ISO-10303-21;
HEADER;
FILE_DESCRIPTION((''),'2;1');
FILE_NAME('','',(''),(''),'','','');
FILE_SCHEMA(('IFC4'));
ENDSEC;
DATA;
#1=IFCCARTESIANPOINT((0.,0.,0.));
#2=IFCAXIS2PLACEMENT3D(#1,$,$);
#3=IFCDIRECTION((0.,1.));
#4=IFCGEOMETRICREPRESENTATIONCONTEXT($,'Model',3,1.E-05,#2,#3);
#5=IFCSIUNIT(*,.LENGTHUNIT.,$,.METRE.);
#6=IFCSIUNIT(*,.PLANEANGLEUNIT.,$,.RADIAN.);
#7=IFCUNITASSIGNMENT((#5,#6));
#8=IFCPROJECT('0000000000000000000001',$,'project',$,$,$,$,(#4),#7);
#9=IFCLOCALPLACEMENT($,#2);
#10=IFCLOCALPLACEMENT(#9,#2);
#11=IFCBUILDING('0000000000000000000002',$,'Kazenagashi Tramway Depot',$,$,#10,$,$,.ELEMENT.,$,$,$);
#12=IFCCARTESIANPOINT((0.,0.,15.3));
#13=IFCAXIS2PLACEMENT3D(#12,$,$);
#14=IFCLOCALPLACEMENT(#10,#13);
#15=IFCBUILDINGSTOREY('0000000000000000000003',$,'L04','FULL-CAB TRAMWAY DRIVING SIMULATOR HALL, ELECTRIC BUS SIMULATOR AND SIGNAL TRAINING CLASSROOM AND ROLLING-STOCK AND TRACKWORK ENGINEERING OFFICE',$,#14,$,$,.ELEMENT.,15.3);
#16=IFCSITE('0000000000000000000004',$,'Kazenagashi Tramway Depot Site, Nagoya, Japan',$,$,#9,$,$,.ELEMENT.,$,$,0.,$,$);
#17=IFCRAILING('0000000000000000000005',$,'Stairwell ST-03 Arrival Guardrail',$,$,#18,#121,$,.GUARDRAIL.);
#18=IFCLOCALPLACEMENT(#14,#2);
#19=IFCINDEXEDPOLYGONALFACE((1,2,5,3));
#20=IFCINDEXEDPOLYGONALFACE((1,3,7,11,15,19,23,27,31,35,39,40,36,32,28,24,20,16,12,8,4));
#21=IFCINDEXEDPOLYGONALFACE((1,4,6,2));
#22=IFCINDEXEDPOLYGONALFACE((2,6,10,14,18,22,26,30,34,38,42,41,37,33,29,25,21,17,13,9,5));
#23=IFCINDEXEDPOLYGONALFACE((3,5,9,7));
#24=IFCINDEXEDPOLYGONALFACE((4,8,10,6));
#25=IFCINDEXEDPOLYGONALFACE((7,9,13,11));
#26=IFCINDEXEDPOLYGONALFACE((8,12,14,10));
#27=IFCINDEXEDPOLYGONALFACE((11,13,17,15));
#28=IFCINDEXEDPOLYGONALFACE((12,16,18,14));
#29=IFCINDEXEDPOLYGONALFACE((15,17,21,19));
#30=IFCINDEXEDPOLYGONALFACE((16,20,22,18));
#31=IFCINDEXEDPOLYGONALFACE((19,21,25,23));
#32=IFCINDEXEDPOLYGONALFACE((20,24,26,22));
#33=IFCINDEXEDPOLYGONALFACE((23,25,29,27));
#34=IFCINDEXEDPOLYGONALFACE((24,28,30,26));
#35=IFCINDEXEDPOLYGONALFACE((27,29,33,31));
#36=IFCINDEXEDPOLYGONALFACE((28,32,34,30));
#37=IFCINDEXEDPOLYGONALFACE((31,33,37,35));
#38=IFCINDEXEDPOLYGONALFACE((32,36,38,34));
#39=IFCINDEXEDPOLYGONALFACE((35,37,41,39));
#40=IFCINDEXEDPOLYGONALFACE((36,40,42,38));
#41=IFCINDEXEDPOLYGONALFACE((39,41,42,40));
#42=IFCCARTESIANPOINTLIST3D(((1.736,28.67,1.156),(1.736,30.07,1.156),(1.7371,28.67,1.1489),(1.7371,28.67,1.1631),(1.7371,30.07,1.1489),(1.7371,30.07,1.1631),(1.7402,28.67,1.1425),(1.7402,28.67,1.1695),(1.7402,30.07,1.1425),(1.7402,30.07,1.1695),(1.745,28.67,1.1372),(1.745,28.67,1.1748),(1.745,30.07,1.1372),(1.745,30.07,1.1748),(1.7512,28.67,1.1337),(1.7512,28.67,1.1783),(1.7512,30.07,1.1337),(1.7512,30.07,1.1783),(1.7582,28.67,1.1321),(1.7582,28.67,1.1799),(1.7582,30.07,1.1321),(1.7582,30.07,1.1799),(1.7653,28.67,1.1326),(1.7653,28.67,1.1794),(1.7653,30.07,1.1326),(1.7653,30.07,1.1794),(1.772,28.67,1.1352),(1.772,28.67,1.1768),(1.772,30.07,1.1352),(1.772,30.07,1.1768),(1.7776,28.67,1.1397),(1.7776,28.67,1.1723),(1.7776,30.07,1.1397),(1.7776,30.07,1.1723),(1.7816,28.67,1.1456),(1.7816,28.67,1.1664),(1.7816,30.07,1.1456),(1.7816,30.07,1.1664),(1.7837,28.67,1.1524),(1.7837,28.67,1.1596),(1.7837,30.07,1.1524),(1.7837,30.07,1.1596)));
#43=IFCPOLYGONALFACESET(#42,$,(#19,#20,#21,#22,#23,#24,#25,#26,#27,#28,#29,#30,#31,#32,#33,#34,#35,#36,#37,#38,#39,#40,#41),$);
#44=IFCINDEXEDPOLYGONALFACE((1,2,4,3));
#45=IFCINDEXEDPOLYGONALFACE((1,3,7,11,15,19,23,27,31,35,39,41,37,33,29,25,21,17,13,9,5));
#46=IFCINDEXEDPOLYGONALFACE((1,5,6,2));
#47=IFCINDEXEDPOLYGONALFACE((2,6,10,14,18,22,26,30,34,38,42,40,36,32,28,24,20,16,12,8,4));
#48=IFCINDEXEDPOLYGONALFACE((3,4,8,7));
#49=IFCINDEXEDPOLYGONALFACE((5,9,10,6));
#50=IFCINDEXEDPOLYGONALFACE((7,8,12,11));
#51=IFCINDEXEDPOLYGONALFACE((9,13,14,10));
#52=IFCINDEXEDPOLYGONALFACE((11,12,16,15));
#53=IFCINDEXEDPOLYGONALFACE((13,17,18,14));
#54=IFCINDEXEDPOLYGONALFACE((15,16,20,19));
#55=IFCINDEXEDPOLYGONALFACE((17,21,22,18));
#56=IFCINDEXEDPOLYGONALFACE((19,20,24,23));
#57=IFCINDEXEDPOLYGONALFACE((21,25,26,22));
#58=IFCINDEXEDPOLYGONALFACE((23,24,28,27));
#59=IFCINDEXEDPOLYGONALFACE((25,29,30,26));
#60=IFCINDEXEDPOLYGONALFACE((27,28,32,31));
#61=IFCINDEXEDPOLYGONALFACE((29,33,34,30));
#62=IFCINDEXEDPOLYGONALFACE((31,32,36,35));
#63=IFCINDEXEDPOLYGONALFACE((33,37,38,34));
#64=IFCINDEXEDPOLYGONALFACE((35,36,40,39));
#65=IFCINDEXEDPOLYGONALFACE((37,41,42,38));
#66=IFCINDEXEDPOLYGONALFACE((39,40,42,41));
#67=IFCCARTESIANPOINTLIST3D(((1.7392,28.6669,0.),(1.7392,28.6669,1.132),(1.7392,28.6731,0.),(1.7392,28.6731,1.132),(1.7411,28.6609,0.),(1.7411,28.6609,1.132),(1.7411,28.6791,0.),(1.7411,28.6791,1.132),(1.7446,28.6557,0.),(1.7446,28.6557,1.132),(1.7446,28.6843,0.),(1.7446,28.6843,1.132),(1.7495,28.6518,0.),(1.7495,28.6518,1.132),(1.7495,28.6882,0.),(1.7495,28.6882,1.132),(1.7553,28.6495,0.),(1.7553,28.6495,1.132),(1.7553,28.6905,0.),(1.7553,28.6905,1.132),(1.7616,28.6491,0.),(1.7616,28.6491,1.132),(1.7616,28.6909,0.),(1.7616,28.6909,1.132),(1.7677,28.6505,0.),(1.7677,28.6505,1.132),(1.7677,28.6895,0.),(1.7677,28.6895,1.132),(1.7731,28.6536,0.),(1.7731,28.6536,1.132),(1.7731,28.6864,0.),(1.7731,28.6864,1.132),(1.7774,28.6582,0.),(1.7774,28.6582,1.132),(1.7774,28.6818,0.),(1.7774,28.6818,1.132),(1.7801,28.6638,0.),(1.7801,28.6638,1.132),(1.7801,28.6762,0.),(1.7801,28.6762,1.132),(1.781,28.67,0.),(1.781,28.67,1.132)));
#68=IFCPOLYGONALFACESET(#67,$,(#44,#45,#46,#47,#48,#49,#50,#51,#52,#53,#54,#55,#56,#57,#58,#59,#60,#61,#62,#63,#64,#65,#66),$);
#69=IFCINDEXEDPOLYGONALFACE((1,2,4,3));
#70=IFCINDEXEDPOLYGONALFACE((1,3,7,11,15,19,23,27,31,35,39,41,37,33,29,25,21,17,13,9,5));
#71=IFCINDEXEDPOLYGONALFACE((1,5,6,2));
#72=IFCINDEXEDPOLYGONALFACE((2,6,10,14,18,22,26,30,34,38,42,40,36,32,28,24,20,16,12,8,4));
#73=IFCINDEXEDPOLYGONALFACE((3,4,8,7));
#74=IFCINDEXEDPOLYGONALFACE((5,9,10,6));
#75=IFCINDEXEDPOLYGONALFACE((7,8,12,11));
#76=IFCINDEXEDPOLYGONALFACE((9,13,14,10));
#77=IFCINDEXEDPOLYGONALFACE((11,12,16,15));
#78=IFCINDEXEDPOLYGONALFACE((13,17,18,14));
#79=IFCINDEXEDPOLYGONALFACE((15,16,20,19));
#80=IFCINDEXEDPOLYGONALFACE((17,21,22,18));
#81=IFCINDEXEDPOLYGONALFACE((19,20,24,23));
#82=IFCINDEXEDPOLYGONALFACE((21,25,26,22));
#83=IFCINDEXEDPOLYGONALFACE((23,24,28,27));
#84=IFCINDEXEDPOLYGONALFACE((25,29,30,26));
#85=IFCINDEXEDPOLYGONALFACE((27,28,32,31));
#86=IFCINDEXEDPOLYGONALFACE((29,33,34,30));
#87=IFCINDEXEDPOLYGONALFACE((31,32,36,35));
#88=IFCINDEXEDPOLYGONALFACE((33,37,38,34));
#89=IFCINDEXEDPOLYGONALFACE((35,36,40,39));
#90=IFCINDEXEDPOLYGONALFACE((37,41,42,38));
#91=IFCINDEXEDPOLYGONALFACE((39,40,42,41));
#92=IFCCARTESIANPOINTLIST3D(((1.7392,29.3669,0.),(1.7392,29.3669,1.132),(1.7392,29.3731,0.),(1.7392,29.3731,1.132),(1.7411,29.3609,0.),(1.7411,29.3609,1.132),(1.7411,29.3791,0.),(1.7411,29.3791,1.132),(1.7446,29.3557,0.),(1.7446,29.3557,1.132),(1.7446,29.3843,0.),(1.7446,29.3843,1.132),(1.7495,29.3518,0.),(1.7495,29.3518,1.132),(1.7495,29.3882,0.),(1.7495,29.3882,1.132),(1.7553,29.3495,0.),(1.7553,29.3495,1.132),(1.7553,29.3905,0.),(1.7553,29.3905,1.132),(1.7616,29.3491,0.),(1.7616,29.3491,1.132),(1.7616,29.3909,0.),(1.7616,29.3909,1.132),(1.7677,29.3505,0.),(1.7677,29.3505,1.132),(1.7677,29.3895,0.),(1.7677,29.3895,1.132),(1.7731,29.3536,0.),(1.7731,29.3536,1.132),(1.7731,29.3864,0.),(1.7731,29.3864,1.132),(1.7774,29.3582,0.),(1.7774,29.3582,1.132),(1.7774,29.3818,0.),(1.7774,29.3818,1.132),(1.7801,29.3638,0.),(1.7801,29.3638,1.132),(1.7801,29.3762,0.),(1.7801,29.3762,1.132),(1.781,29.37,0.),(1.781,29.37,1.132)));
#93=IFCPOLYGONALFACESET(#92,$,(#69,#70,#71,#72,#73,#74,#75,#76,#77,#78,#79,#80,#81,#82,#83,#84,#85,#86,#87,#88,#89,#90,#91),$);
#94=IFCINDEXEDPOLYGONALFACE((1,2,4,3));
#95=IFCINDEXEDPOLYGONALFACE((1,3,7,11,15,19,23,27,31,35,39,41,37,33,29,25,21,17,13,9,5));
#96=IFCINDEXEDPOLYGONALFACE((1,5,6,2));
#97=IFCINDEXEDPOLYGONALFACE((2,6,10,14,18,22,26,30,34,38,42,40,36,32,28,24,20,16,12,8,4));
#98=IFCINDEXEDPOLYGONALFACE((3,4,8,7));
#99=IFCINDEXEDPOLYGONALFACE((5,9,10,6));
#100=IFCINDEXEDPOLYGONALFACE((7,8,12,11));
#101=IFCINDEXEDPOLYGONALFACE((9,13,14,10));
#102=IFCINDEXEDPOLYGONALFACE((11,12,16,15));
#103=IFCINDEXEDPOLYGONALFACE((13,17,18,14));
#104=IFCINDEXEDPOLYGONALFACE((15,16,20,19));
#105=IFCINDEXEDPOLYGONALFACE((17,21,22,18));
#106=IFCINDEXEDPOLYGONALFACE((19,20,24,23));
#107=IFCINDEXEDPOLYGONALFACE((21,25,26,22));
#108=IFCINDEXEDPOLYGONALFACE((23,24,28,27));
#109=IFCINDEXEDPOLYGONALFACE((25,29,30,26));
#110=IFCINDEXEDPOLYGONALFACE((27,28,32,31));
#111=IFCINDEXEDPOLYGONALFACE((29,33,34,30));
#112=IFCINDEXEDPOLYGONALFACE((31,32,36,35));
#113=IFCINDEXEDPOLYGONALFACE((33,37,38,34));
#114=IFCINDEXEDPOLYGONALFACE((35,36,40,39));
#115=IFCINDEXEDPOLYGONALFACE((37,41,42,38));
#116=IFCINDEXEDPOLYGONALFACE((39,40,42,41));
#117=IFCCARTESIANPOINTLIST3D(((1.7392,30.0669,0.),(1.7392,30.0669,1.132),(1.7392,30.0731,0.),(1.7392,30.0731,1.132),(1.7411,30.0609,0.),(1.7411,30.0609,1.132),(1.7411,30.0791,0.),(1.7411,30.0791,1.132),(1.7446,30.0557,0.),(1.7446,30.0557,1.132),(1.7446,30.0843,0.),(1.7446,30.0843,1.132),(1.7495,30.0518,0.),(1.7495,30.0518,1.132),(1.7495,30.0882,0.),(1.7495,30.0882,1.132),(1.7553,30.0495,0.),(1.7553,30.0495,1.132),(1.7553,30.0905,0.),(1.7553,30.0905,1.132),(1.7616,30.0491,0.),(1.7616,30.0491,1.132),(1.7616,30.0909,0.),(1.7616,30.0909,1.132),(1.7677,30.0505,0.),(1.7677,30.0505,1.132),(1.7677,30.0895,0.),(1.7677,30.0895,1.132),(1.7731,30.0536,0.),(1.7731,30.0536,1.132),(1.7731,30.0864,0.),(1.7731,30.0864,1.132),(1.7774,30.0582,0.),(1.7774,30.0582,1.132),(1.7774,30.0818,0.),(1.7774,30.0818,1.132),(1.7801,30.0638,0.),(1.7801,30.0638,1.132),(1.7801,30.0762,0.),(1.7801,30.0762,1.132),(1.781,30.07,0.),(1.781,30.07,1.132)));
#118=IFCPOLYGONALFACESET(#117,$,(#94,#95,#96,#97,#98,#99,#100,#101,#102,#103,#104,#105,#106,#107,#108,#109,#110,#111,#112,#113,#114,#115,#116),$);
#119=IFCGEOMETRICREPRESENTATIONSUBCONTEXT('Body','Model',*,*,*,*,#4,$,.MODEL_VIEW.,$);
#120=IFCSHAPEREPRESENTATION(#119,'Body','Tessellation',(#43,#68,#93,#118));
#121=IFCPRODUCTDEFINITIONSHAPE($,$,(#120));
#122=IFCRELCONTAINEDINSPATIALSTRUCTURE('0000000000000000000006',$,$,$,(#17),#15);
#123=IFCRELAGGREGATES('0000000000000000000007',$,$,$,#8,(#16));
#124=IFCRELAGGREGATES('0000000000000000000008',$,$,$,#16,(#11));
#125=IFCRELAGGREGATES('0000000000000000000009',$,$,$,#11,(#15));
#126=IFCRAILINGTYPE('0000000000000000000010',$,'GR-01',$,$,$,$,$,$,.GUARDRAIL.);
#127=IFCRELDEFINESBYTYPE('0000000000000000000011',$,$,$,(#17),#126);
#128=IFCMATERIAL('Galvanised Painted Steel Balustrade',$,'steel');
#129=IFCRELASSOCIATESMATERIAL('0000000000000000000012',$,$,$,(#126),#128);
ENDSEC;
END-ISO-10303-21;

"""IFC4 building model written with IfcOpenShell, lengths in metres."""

from ifc_helpers import new_model, si_unit, direction, frame, origin, origin_2d, place, context, subcontext, project, spatial, circle, extrude, material, type_object, element, save


model = new_model("IFC4")

# Units and contexts
model_context = context("Model", 3, precision=1e-05, world=origin(), true_north=direction((0.0, 1.0)))
body_context = subcontext(model_context, "Body", "Model", "MODEL_VIEW")
ifc_project = project(units=[si_unit("LENGTHUNIT", "METRE"), si_unit("PLANEANGLEUNIT", "RADIAN")], contexts=[model_context])

# Site, building, storey
site_placement = place(None, origin())
site = spatial("IfcSite", under=ifc_project, at=site_placement, Name="Kazenagashi Tramway Depot Site, Nagoya, Japan", CompositionType="ELEMENT", RefElevation=0.0)
building_placement = place(site_placement, origin())
building = spatial("IfcBuilding", under=site, at=building_placement, Name="Kazenagashi Tramway Depot", CompositionType="ELEMENT")
storey_placement = place(building_placement, frame((0.0, 0.0, 15.3)))
storey = spatial("IfcBuildingStorey", under=building, at=storey_placement, Name="L04", Description="FULL-CAB TRAMWAY DRIVING SIMULATOR HALL, ELECTRIC BUS SIMULATOR AND SIGNAL TRAINING CLASSROOM AND ROLLING-STOCK AND TRACKWORK ENGINEERING OFFICE", CompositionType="ELEMENT", Elevation=15.3)

# Railing
ifc_material_1 = material(Name="Galvanised Painted Steel Balustrade", Category="steel")
railing_type_1 = type_object("IfcRailingType", Name="GR-01", PredefinedType="GUARDRAIL", material=ifc_material_1)
railing_1_placement = place(storey_placement, frame((1.76, 28.67, 0.0)))
element("IfcRailing", 1, at=railing_1_placement, inside=storey, type_object=railing_type_1, Name="Stairwell ST-03 Arrival Guardrail", PredefinedType="GUARDRAIL", context=body_context, shape_type="SweptSolid", body=[
    extrude(circle(Radius=0.024, at=origin_2d()), frame((0.0, 0.0, 1.156), z_axis=(0.0, 1.0, 0.0), x_axis=(-1.0, 0.0, 0.0)), (0.0, 0.0, 1.0), 1.4),
    extrude(circle(Radius=0.021, at=origin_2d()), origin(), (0.0, 0.0, 1.0), 1.132),
    extrude(circle(Radius=0.021, at=origin_2d()), frame((0.0, 0.7, 0.0)), (0.0, 0.0, 1.0), 1.132),
    extrude(circle(Radius=0.021, at=origin_2d()), frame((0.0, 1.4, 0.0)), (0.0, 0.0, 1.0), 1.132),
])

save(model, "model.ifc")
